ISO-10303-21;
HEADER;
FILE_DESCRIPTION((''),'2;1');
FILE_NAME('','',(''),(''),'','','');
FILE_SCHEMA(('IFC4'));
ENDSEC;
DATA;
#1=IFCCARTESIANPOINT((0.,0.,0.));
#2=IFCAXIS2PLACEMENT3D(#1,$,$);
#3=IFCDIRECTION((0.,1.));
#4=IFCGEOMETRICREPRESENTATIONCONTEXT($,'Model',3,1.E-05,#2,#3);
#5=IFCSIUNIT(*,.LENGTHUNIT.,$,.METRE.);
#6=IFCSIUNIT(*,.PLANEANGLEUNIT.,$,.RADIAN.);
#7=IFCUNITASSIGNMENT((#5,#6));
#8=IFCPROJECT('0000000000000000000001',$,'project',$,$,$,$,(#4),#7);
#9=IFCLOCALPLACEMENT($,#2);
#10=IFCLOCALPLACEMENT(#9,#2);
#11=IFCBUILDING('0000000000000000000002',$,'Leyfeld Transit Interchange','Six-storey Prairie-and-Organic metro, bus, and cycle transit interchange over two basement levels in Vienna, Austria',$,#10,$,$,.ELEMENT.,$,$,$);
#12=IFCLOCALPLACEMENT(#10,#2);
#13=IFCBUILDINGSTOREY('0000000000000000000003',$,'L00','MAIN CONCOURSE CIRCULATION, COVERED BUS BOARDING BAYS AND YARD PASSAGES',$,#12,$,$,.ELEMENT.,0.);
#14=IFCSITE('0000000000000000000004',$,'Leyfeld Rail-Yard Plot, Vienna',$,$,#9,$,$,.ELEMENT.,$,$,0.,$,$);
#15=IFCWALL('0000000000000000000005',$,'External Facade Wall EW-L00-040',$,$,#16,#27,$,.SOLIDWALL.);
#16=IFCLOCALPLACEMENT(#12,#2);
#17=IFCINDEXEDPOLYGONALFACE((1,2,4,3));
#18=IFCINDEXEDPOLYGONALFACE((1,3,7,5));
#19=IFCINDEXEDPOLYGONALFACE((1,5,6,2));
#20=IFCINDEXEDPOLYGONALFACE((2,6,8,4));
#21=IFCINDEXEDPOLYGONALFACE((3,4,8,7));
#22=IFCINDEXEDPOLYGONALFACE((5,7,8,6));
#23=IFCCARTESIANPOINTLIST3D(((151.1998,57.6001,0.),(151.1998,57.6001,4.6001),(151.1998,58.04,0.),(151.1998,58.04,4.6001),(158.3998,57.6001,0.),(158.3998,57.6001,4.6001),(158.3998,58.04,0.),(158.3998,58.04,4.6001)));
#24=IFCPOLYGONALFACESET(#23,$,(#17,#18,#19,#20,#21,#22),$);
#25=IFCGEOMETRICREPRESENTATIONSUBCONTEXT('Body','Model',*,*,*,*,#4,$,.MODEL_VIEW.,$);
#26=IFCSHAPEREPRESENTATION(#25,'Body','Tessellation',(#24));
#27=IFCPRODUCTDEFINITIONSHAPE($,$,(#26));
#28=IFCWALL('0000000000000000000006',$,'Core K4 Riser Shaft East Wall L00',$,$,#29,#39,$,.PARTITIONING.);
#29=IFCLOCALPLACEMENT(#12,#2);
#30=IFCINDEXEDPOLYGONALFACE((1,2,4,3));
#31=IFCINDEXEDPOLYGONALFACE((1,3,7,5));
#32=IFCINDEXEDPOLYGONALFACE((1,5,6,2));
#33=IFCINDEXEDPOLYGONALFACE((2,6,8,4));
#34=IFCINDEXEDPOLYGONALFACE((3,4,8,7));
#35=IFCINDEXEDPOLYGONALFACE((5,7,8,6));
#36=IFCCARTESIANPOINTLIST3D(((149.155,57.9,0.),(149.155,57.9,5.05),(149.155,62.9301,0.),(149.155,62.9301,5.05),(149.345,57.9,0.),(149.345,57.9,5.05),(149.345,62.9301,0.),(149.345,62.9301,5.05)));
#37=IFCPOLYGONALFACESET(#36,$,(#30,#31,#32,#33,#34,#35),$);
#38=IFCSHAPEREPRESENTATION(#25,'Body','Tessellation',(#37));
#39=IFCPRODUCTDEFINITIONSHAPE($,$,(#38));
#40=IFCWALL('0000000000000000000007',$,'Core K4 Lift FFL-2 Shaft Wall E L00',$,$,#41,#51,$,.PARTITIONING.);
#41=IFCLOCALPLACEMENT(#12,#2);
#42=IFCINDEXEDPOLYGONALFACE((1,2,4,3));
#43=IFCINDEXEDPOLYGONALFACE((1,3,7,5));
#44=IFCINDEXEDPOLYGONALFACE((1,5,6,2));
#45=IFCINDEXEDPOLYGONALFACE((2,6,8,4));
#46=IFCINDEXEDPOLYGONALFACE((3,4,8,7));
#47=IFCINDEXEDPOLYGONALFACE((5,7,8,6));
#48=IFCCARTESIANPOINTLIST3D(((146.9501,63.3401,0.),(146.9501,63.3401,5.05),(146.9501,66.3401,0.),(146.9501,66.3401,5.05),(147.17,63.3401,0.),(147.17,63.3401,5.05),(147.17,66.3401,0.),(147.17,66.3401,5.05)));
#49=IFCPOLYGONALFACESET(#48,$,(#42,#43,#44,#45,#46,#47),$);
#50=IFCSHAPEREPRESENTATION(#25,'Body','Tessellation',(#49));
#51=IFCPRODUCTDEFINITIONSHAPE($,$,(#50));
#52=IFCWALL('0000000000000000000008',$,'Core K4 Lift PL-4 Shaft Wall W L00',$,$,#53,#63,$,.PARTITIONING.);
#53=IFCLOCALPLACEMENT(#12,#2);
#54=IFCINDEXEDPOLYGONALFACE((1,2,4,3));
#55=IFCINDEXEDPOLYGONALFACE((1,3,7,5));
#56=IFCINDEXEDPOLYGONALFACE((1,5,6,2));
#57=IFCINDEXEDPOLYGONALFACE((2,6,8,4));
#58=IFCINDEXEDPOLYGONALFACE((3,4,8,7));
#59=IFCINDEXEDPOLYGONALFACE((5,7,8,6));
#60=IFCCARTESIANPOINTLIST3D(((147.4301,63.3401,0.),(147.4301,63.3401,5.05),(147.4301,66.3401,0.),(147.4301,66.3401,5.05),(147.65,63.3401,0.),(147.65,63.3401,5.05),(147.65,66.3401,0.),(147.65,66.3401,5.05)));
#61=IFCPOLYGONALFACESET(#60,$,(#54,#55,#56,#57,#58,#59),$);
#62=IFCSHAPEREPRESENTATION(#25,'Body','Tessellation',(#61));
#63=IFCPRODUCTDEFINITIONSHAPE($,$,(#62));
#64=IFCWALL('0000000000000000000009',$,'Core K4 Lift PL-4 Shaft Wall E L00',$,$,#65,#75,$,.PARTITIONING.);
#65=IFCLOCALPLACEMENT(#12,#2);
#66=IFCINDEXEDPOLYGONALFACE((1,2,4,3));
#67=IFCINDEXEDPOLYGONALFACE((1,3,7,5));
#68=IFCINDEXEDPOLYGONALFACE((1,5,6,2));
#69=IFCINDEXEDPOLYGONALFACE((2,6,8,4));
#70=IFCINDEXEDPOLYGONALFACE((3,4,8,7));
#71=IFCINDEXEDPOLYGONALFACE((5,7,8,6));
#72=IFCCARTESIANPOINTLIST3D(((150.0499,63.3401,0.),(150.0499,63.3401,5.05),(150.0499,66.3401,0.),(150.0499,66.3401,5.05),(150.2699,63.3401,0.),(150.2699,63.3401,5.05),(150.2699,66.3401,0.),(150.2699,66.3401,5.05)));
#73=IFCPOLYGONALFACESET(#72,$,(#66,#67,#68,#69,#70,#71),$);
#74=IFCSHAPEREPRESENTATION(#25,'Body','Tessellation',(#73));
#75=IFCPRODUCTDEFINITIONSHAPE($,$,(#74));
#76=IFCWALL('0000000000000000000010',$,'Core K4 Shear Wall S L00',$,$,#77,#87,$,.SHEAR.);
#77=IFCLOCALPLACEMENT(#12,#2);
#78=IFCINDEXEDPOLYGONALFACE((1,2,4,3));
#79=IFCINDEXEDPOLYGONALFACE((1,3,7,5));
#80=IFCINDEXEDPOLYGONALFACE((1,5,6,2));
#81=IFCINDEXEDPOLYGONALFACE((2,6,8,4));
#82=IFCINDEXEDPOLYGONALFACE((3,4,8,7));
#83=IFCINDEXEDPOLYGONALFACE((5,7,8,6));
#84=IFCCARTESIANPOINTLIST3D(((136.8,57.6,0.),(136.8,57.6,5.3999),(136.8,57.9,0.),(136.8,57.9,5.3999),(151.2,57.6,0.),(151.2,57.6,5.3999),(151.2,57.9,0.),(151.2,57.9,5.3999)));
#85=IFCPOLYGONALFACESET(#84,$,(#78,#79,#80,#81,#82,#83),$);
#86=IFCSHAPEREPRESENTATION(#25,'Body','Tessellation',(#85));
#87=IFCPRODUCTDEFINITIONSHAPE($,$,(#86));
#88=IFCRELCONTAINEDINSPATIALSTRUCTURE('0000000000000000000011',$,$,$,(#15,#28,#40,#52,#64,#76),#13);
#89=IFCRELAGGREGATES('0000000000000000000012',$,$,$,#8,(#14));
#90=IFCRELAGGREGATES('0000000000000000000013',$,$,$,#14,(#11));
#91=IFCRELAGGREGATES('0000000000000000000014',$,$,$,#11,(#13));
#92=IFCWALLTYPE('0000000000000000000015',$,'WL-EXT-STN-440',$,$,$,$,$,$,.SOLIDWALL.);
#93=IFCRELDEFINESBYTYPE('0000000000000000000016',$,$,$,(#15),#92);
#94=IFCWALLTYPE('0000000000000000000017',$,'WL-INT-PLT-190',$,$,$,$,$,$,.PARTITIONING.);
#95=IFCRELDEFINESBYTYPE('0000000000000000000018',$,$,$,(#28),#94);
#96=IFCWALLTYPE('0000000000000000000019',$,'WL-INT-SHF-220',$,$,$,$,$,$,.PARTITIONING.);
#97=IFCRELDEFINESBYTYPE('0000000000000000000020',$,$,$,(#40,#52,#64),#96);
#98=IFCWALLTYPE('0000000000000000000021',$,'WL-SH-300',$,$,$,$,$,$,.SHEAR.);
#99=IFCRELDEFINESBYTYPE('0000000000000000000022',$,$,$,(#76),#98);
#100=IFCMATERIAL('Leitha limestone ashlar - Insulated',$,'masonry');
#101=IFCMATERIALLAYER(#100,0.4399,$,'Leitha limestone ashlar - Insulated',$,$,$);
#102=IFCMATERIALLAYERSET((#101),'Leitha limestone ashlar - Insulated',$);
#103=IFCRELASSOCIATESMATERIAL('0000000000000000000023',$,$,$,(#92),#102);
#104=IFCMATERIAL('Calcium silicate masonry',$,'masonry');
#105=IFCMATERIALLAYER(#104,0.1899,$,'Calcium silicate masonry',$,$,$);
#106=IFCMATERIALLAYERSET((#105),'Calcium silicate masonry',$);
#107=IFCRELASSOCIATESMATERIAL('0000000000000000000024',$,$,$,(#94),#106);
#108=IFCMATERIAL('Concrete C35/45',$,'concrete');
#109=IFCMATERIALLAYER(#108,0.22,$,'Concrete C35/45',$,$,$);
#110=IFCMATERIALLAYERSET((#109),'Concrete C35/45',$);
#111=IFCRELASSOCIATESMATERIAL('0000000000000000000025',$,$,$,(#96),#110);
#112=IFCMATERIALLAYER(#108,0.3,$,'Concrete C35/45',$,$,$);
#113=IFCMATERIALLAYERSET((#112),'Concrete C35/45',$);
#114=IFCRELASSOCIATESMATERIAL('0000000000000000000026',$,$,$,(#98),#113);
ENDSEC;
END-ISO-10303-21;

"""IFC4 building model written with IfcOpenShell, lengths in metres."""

from ifc_helpers import new_model, si_unit, direction, frame, frame_2d, origin, place, context, subcontext, project, spatial, rectangle, extrude, material, layer, layer_set, type_object, element, save


model = new_model("IFC4")

# Units and contexts
model_context = context("Model", 3, precision=1e-05, world=origin(), true_north=direction((0.0, 1.0)))
body_context = subcontext(model_context, "Body", "Model", "MODEL_VIEW")
ifc_project = project(units=[si_unit("LENGTHUNIT", "METRE"), si_unit("PLANEANGLEUNIT", "RADIAN")], contexts=[model_context])

# Site, building, storey
site_placement = place(None, origin())
site = spatial("IfcSite", under=ifc_project, at=site_placement, Name="Leyfeld Rail-Yard Plot, Vienna", CompositionType="ELEMENT", RefElevation=0.0)
building_placement = place(site_placement, origin())
building = spatial("IfcBuilding", under=site, at=building_placement, Name="Leyfeld Transit Interchange", Description="Six-storey Prairie-and-Organic metro, bus, and cycle transit interchange over two basement levels in Vienna, Austria", CompositionType="ELEMENT")
storey_placement = place(building_placement, origin())
storey = spatial("IfcBuildingStorey", under=building, at=storey_placement, Name="L00", Description="MAIN CONCOURSE CIRCULATION, COVERED BUS BOARDING BAYS AND YARD PASSAGES", CompositionType="ELEMENT", Elevation=0.0)

# Shared definitions
ifc_material_1 = material(Name="Concrete C35/45", Category="concrete")

# Walls
ifc_material_2 = material(Name="Leitha limestone ashlar - Insulated", Category="masonry")
ifc_layer_1 = layer(ifc_material_2, 0.4399, Name="Leitha limestone ashlar - Insulated")
ifc_layer_set_1 = layer_set([ifc_layer_1], Name="Leitha limestone ashlar - Insulated")
wall_type_1 = type_object("IfcWallType", Name="WL-EXT-STN-440", PredefinedType="SOLIDWALL", material=ifc_layer_set_1)
wall_1_placement = place(storey_placement, frame((158.3999, 57.8201, 0.0), z_axis=(0.0, 0.0, 1.0), x_axis=(-1.0, 0.0, 0.0)))
element("IfcWall", 1, at=wall_1_placement, inside=storey, type_object=wall_type_1, Name="External Facade Wall EW-L00-040", PredefinedType="SOLIDWALL", context=body_context, shape_type="SweptSolid", body=[
    extrude(rectangle(XDim=7.2, YDim=0.4399, at=frame_2d((3.6001, 0.0))), origin(), (0.0, 0.0, 1.0), 4.6001),
])
ifc_material_3 = material(Name="Calcium silicate masonry", Category="masonry")
ifc_layer_2 = layer(ifc_material_3, 0.1899, Name="Calcium silicate masonry")
ifc_layer_set_2 = layer_set([ifc_layer_2], Name="Calcium silicate masonry")
wall_type_2 = type_object("IfcWallType", Name="WL-INT-PLT-190", PredefinedType="PARTITIONING", material=ifc_layer_set_2)
wall_2_placement = place(storey_placement, frame((149.25, 57.8999, 0.0), z_axis=(0.0, 0.0, 1.0), x_axis=(0.0, 1.0, 0.0)))
element("IfcWall", 2, at=wall_2_placement, inside=storey, type_object=wall_type_2, Name="Core K4 Riser Shaft East Wall L00", PredefinedType="PARTITIONING", context=body_context, shape_type="SweptSolid", body=[
    extrude(rectangle(XDim=5.03, YDim=0.1899, at=frame_2d((2.5151, 0.0))), origin(), (0.0, 0.0, 1.0), 5.05),
])
ifc_layer_3 = layer(ifc_material_1, 0.22, Name="Concrete C35/45")
ifc_layer_set_3 = layer_set([ifc_layer_3], Name="Concrete C35/45")
wall_type_3 = type_object("IfcWallType", Name="WL-INT-SHF-220", PredefinedType="PARTITIONING", material=ifc_layer_set_3)
wall_3_placement = place(storey_placement, frame((147.0601, 63.3401, 0.0), z_axis=(0.0, 0.0, 1.0), x_axis=(0.0, 1.0, 0.0)))
element("IfcWall", 3, at=wall_3_placement, inside=storey, type_object=wall_type_3, Name="Core K4 Lift FFL-2 Shaft Wall E L00", PredefinedType="PARTITIONING", context=body_context, shape_type="SweptSolid", body=[
    extrude(rectangle(XDim=3.0, YDim=0.22, at=frame_2d((1.5, 0.0))), origin(), (0.0, 0.0, 1.0), 5.05),
])
for number, where, z_axis, x_axis, name in (
    (4, (147.54, 63.3401, 0.0), (0.0, 0.0, 1.0), (0.0, 1.0, 0.0), "Core K4 Lift PL-4 Shaft Wall W L00"),
    (5, (150.1599, 63.3401, 0.0), (0.0, 0.0, 1.0), (0.0, 1.0, 0.0), "Core K4 Lift PL-4 Shaft Wall E L00"),
):
    element("IfcWall", number, at=place(storey_placement, frame(where, z_axis=z_axis, x_axis=x_axis)), inside=storey, type_object=wall_type_3, Name=name, PredefinedType="PARTITIONING", context=body_context, shape_type="SweptSolid", body=[
        extrude(rectangle(XDim=3.0, YDim=0.22, at=frame_2d((1.5, 0.0))), origin(), (0.0, 0.0, 1.0), 5.05),
    ])
ifc_layer_4 = layer(ifc_material_1, 0.3, Name="Concrete C35/45")
ifc_layer_set_4 = layer_set([ifc_layer_4], Name="Concrete C35/45")
wall_type_4 = type_object("IfcWallType", Name="WL-SH-300", PredefinedType="SHEAR", material=ifc_layer_set_4)
wall_4_placement = place(storey_placement, frame((151.2, 57.75, 0.0), z_axis=(0.0, 0.0, 1.0), x_axis=(-1.0, 0.0, 0.0)))
element("IfcWall", 6, at=wall_4_placement, inside=storey, type_object=wall_type_4, Name="Core K4 Shear Wall S L00", PredefinedType="SHEAR", context=body_context, shape_type="SweptSolid", body=[
    extrude(rectangle(XDim=14.3999, YDim=0.3, at=frame_2d((7.2, 0.0))), origin(), (0.0, 0.0, 1.0), 5.3999),
])

save(model, "model.ifc")
